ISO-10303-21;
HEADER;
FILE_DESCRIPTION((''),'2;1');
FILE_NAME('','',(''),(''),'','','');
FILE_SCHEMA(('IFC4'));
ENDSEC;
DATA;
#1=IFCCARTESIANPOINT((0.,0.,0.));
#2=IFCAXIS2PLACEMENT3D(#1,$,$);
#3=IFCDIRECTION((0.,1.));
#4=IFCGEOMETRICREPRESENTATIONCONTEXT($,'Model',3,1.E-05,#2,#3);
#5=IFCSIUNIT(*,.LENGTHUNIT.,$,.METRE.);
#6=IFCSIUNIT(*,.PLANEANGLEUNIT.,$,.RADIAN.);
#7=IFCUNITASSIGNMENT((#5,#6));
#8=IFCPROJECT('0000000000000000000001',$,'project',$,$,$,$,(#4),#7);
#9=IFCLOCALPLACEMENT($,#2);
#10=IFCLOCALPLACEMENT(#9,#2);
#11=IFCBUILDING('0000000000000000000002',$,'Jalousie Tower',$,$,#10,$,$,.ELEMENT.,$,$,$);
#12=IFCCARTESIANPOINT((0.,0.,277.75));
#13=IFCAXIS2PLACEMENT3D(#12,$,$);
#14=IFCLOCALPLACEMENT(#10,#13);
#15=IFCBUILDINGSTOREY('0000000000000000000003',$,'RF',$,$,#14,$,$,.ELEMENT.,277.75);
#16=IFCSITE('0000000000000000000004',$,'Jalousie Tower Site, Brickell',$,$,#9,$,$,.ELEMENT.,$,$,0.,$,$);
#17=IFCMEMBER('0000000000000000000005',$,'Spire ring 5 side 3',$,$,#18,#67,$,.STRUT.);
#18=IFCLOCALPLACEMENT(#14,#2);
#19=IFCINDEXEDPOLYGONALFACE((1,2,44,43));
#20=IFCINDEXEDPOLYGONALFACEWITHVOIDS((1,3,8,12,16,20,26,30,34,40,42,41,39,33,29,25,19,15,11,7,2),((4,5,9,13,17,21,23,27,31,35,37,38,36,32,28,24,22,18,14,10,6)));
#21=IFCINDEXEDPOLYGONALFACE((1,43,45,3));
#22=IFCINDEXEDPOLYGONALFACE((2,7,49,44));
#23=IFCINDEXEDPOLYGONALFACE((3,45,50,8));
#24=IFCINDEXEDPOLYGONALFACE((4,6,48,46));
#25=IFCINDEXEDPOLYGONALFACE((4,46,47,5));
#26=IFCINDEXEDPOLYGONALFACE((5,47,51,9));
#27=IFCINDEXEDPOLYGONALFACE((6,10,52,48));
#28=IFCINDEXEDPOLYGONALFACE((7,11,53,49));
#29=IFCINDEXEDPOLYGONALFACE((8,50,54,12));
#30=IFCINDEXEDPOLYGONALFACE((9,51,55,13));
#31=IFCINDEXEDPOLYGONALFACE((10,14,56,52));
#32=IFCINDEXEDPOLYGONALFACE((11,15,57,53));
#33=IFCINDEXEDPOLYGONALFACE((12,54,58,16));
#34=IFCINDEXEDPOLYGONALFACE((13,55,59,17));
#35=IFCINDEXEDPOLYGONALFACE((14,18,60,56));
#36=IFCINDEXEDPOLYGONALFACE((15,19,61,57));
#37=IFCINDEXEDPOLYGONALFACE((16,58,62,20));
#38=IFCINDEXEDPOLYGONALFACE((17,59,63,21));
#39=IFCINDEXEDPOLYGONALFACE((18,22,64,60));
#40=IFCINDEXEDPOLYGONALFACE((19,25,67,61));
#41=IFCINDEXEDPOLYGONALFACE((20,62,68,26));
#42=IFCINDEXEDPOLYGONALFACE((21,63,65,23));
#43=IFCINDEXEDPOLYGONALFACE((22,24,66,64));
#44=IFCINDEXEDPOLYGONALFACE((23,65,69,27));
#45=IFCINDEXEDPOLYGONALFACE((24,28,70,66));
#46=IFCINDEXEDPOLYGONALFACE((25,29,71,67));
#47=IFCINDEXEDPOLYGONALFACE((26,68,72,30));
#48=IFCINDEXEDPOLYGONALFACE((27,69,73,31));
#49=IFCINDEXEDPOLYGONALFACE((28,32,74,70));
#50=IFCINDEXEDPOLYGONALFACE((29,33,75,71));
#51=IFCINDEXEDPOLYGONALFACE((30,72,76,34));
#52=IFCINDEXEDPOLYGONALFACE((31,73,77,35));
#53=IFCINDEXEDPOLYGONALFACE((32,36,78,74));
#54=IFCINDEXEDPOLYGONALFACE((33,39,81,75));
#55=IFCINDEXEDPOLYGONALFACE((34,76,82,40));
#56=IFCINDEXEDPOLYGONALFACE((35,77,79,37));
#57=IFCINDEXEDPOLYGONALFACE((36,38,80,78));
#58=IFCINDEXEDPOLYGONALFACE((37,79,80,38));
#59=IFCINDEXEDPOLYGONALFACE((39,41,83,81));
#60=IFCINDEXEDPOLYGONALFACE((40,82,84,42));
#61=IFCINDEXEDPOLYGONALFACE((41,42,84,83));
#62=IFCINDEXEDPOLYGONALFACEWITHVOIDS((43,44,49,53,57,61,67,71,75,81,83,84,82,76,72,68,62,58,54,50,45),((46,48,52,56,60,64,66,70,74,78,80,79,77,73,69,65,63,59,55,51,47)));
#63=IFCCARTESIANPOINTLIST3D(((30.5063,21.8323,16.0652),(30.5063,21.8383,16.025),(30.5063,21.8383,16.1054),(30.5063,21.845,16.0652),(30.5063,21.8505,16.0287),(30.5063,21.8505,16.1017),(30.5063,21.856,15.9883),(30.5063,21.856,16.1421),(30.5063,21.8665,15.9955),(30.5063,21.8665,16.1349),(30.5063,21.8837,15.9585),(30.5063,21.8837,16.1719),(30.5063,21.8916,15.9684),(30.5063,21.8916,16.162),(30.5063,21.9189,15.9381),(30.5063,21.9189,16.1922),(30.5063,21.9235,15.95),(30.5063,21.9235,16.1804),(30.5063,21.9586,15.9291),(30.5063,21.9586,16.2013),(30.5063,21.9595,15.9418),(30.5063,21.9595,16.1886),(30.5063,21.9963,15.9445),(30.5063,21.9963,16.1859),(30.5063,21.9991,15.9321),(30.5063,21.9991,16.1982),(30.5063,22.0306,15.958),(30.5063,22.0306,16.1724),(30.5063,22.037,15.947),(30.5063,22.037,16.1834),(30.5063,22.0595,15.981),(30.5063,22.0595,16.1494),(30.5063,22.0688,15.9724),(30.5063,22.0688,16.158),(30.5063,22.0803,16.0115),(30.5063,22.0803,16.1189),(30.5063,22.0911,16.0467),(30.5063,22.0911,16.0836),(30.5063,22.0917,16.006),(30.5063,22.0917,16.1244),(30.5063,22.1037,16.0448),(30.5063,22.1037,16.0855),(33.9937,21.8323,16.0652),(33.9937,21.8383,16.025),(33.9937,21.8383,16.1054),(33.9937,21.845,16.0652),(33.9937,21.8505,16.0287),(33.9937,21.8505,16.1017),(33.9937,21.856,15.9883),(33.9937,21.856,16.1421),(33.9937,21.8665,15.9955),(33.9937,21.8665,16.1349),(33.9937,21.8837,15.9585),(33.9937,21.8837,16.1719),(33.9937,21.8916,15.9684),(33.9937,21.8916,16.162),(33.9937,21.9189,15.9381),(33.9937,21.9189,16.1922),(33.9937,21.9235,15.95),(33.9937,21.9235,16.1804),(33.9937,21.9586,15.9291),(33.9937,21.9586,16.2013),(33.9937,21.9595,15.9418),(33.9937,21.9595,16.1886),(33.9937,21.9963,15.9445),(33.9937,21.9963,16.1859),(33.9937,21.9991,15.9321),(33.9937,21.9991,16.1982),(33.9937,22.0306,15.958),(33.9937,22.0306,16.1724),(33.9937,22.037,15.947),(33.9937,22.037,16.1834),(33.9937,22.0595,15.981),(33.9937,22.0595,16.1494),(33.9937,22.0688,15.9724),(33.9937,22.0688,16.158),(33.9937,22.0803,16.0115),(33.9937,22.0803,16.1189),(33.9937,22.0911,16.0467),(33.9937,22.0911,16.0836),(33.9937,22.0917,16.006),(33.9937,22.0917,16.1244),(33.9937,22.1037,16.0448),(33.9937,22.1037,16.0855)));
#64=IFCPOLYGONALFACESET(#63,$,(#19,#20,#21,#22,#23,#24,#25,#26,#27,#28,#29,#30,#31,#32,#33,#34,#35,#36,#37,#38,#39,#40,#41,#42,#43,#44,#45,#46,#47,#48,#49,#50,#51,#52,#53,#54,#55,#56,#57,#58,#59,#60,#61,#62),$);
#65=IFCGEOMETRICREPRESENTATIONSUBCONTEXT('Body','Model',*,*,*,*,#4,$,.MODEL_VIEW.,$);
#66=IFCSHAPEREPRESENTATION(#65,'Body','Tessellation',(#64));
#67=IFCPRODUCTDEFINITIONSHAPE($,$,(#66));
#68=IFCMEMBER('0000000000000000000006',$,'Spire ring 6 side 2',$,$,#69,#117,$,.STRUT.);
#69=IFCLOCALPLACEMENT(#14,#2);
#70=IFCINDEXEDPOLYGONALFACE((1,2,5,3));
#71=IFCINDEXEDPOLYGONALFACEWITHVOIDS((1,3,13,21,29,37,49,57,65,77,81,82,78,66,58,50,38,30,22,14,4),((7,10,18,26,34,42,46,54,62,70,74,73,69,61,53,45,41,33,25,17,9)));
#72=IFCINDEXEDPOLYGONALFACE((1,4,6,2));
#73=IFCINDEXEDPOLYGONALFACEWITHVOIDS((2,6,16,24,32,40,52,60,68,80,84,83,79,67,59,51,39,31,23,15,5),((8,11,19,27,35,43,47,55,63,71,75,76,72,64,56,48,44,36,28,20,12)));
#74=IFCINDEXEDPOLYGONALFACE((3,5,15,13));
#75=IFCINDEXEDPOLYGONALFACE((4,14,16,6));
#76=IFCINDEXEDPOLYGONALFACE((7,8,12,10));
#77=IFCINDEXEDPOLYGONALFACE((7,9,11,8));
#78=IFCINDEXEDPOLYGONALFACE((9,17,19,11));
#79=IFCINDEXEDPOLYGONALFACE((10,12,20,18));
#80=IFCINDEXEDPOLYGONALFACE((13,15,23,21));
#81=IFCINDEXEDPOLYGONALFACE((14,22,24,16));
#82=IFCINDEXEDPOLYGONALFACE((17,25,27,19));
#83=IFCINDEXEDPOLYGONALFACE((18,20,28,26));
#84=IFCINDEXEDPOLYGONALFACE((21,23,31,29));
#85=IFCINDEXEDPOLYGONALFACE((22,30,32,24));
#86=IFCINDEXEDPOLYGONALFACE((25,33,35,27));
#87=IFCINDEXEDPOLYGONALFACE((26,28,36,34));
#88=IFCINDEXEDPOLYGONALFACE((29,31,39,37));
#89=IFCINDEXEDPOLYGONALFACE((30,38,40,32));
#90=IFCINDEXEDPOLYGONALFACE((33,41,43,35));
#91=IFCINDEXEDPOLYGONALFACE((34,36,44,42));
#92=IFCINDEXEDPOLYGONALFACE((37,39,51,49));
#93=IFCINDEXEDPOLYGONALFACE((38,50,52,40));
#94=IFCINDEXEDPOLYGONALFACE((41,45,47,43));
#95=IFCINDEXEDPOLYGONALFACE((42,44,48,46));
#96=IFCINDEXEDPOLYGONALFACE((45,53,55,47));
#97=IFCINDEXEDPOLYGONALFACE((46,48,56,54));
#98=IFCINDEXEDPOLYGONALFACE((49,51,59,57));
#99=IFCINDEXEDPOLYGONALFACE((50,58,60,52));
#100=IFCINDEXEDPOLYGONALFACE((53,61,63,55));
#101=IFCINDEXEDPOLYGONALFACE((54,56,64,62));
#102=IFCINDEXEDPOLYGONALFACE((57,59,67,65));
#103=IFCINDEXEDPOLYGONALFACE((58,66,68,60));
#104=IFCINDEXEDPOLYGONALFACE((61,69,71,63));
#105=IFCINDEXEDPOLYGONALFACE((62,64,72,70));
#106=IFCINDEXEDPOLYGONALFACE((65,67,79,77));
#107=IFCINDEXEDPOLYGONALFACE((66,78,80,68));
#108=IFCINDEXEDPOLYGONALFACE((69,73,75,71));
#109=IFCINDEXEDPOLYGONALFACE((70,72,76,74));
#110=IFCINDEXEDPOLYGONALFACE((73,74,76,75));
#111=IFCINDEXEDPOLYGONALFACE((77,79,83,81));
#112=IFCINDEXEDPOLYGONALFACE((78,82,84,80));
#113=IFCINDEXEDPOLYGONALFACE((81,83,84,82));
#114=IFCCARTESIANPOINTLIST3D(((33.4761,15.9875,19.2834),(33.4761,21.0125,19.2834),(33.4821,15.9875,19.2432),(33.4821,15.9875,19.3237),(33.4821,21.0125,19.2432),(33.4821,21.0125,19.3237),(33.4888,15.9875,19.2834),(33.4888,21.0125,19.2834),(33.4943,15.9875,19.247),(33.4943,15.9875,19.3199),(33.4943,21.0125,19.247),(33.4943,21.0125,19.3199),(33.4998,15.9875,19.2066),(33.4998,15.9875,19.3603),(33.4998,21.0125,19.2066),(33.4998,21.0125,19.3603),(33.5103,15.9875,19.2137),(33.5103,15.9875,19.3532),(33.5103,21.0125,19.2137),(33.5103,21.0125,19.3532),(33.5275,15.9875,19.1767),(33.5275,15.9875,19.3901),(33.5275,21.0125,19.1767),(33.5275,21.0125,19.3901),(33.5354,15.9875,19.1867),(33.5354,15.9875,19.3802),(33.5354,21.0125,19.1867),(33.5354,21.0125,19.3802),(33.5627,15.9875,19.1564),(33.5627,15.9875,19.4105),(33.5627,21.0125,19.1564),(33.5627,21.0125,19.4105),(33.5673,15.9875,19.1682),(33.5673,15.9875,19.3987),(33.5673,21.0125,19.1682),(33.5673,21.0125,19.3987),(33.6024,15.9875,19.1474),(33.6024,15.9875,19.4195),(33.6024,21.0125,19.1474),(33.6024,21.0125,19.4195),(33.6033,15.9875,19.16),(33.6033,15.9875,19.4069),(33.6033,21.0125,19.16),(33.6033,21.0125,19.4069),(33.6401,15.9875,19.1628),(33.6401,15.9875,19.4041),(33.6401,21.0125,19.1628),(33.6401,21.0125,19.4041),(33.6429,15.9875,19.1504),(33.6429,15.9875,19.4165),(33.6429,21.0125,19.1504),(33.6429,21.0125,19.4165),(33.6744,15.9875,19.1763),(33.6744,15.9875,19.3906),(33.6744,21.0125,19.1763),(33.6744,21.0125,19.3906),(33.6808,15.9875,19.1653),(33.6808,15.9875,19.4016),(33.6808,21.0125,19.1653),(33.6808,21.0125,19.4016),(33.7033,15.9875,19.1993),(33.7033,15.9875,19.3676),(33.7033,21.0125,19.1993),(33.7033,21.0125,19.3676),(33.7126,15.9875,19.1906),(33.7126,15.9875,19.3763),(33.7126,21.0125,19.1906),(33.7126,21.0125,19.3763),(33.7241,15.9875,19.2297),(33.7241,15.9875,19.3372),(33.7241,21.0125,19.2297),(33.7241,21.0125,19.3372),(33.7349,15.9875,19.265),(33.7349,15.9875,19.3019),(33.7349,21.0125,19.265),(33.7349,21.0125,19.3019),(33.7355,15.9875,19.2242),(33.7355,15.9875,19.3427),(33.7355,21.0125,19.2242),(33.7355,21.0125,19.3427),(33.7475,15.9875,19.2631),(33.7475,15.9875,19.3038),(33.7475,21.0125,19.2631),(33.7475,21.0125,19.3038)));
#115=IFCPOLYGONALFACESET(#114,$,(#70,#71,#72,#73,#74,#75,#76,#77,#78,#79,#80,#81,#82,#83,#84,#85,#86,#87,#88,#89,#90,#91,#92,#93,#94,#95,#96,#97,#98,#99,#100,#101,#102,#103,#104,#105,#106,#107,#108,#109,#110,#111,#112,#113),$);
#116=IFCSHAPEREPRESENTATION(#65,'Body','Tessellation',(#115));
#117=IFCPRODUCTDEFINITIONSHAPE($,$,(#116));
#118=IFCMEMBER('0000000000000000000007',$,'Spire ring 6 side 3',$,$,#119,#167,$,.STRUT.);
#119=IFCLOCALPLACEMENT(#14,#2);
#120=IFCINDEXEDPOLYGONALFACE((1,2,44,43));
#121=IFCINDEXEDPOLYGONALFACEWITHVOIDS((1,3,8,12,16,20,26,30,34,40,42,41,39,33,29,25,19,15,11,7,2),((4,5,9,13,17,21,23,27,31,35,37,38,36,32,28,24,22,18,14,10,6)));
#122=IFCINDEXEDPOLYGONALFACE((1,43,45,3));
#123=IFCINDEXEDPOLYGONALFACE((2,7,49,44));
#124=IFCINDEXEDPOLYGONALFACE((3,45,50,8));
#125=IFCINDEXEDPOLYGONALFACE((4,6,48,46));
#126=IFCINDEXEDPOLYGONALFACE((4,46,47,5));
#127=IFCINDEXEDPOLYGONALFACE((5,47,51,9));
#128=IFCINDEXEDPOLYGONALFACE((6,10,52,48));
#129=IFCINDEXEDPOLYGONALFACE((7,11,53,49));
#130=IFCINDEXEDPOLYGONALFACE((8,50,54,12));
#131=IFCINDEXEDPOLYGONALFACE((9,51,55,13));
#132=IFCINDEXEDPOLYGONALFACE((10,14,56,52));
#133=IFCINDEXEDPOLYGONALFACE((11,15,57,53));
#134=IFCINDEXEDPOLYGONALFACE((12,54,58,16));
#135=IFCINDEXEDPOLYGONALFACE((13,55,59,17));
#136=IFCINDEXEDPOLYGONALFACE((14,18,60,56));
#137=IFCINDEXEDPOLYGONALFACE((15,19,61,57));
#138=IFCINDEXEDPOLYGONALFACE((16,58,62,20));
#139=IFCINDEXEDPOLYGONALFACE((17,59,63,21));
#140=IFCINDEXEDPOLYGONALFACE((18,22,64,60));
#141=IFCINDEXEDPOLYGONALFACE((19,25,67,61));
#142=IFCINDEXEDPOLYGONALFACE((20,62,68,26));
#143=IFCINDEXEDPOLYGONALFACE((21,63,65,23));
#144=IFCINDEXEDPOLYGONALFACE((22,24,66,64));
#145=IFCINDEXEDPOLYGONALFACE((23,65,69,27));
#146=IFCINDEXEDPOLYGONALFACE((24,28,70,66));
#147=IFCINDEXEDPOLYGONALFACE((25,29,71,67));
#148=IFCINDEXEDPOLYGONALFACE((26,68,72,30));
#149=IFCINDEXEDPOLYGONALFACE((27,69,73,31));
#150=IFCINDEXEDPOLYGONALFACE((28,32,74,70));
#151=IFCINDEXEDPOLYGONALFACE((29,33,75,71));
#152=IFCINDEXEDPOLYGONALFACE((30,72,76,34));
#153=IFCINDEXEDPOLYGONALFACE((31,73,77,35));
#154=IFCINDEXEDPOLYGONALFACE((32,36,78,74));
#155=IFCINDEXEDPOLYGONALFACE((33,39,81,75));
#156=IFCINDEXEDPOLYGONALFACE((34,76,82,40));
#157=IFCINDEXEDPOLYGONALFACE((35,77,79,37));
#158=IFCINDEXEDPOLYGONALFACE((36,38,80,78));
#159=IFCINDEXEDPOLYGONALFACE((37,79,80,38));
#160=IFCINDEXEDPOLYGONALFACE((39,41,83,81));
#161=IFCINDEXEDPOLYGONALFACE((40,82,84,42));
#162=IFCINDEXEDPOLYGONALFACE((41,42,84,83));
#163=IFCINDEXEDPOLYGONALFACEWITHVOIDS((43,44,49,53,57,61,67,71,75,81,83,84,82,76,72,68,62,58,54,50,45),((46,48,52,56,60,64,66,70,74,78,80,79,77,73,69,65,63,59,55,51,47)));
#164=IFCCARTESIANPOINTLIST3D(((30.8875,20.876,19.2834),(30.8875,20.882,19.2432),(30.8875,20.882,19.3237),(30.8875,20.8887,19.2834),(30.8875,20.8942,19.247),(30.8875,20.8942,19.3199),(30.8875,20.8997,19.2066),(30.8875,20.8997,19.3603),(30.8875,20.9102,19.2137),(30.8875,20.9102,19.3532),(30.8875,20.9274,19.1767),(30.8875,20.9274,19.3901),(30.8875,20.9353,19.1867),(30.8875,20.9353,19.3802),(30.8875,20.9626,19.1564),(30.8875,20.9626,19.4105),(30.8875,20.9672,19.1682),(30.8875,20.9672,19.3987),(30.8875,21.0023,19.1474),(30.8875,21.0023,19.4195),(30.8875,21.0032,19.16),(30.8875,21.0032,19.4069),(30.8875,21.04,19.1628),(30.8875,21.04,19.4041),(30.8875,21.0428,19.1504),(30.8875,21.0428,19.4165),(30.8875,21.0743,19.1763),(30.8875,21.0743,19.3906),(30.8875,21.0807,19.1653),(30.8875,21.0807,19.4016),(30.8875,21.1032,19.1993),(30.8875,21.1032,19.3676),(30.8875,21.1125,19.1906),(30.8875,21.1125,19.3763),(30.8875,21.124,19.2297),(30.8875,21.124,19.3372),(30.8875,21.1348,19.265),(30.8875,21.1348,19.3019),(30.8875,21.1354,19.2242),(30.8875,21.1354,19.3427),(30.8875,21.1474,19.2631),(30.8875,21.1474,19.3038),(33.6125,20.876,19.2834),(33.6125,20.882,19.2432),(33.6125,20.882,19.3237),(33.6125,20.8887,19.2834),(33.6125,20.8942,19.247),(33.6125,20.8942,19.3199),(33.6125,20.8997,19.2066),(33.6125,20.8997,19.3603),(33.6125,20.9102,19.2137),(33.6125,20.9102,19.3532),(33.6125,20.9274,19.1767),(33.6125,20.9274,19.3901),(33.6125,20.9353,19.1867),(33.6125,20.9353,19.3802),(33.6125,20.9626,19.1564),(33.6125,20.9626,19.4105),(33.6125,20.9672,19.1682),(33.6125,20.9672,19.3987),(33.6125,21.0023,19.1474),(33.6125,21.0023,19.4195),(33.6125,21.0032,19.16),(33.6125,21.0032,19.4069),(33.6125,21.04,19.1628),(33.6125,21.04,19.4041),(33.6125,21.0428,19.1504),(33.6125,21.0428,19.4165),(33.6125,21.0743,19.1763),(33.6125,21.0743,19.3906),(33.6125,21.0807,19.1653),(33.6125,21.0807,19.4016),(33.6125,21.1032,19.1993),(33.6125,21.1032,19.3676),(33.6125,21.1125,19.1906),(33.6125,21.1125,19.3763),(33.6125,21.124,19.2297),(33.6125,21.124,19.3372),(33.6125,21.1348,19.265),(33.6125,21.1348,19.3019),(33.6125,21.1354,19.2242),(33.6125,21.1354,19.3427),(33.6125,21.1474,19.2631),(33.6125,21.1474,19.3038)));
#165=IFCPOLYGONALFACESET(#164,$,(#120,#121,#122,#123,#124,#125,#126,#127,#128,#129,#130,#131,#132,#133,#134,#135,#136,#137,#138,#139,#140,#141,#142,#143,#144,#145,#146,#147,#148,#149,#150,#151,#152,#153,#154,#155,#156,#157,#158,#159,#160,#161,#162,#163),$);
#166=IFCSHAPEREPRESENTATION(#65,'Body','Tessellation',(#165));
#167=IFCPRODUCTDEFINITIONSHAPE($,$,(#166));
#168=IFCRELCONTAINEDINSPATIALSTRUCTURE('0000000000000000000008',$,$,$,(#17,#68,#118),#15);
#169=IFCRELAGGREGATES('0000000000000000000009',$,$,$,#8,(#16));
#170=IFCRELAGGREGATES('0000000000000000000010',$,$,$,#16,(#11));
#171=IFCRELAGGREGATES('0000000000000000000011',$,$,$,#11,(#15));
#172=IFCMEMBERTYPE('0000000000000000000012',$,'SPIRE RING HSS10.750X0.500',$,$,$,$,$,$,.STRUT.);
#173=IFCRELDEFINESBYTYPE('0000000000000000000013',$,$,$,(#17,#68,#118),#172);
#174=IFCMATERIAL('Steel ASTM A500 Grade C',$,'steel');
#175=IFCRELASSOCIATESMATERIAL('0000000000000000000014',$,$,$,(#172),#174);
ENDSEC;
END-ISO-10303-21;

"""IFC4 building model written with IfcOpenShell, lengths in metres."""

from ifc_helpers import new_model, si_unit, direction, frame, origin, origin_2d, place, context, subcontext, project, spatial, hollow_circle, extrude, material, material_profile, profile_set, type_object, element, save


model = new_model("IFC4")

# Units and contexts
model_context = context("Model", 3, precision=1e-05, world=origin(), true_north=direction((0.0, 1.0)))
body_context = subcontext(model_context, "Body", "Model", "MODEL_VIEW")
ifc_project = project(units=[si_unit("LENGTHUNIT", "METRE"), si_unit("PLANEANGLEUNIT", "RADIAN")], contexts=[model_context])

# Site, building, storey
site_placement = place(None, origin())
site = spatial("IfcSite", under=ifc_project, at=site_placement, Name="Jalousie Tower Site, Brickell", CompositionType="ELEMENT", RefElevation=0.0)
building_placement = place(site_placement, origin())
building = spatial("IfcBuilding", under=site, at=building_placement, Name="Jalousie Tower", CompositionType="ELEMENT")
storey_placement = place(building_placement, frame((0.0, 0.0, 277.75)))
storey = spatial("IfcBuildingStorey", under=building, at=storey_placement, Name="RF", CompositionType="ELEMENT", Elevation=277.75)

# Members
ifc_material_1 = material(Name="Steel ASTM A500 Grade C", Category="steel")
ifc_material_profile_1 = material_profile(ifc_material_1, hollow_circle(Radius=0.1365, WallThickness=0.0127, at=origin_2d()), Name="HSS10.750X0.500")
ifc_profile_set_1 = profile_set([ifc_material_profile_1], Name="Steel ASTM A500 Grade C")
member_type_1 = type_object("IfcMemberType", Name="SPIRE RING HSS10.750X0.500", PredefinedType="STRUT", material=ifc_profile_set_1)
member_1_placement = place(storey_placement, frame((33.9937, 21.9688, 16.0652), z_axis=(-1.0, 0.0, 0.0), x_axis=(0.0, -1.0, 0.0)))
element("IfcMember", 1, at=member_1_placement, inside=storey, type_object=member_type_1, Name="Spire ring 5 side 3", PredefinedType="STRUT", context=body_context, shape_type="SweptSolid", body=[
    extrude(hollow_circle(Radius=0.1365, WallThickness=0.0127, at=origin_2d()), origin(), (0.0, 0.0, 1.0), 3.4873),
])
member_2_placement = place(storey_placement, frame((33.6125, 15.9875, 19.2834), z_axis=(0.0, 1.0, 0.0), x_axis=(-1.0, 0.0, 0.0)))
element("IfcMember", 2, at=member_2_placement, inside=storey, type_object=member_type_1, Name="Spire ring 6 side 2", PredefinedType="STRUT", context=body_context, shape_type="SweptSolid", body=[
    extrude(hollow_circle(Radius=0.1365, WallThickness=0.0127, at=origin_2d()), origin(), (0.0, 0.0, 1.0), 5.0249),
])
member_3_placement = place(storey_placement, frame((33.6125, 21.0125, 19.2834), z_axis=(-1.0, 0.0, 0.0), x_axis=(0.0, -1.0, 0.0)))
element("IfcMember", 3, at=member_3_placement, inside=storey, type_object=member_type_1, Name="Spire ring 6 side 3", PredefinedType="STRUT", context=body_context, shape_type="SweptSolid", body=[
    extrude(hollow_circle(Radius=0.1365, WallThickness=0.0127, at=origin_2d()), origin(), (0.0, 0.0, 1.0), 2.7251),
])

save(model, "model.ifc")
